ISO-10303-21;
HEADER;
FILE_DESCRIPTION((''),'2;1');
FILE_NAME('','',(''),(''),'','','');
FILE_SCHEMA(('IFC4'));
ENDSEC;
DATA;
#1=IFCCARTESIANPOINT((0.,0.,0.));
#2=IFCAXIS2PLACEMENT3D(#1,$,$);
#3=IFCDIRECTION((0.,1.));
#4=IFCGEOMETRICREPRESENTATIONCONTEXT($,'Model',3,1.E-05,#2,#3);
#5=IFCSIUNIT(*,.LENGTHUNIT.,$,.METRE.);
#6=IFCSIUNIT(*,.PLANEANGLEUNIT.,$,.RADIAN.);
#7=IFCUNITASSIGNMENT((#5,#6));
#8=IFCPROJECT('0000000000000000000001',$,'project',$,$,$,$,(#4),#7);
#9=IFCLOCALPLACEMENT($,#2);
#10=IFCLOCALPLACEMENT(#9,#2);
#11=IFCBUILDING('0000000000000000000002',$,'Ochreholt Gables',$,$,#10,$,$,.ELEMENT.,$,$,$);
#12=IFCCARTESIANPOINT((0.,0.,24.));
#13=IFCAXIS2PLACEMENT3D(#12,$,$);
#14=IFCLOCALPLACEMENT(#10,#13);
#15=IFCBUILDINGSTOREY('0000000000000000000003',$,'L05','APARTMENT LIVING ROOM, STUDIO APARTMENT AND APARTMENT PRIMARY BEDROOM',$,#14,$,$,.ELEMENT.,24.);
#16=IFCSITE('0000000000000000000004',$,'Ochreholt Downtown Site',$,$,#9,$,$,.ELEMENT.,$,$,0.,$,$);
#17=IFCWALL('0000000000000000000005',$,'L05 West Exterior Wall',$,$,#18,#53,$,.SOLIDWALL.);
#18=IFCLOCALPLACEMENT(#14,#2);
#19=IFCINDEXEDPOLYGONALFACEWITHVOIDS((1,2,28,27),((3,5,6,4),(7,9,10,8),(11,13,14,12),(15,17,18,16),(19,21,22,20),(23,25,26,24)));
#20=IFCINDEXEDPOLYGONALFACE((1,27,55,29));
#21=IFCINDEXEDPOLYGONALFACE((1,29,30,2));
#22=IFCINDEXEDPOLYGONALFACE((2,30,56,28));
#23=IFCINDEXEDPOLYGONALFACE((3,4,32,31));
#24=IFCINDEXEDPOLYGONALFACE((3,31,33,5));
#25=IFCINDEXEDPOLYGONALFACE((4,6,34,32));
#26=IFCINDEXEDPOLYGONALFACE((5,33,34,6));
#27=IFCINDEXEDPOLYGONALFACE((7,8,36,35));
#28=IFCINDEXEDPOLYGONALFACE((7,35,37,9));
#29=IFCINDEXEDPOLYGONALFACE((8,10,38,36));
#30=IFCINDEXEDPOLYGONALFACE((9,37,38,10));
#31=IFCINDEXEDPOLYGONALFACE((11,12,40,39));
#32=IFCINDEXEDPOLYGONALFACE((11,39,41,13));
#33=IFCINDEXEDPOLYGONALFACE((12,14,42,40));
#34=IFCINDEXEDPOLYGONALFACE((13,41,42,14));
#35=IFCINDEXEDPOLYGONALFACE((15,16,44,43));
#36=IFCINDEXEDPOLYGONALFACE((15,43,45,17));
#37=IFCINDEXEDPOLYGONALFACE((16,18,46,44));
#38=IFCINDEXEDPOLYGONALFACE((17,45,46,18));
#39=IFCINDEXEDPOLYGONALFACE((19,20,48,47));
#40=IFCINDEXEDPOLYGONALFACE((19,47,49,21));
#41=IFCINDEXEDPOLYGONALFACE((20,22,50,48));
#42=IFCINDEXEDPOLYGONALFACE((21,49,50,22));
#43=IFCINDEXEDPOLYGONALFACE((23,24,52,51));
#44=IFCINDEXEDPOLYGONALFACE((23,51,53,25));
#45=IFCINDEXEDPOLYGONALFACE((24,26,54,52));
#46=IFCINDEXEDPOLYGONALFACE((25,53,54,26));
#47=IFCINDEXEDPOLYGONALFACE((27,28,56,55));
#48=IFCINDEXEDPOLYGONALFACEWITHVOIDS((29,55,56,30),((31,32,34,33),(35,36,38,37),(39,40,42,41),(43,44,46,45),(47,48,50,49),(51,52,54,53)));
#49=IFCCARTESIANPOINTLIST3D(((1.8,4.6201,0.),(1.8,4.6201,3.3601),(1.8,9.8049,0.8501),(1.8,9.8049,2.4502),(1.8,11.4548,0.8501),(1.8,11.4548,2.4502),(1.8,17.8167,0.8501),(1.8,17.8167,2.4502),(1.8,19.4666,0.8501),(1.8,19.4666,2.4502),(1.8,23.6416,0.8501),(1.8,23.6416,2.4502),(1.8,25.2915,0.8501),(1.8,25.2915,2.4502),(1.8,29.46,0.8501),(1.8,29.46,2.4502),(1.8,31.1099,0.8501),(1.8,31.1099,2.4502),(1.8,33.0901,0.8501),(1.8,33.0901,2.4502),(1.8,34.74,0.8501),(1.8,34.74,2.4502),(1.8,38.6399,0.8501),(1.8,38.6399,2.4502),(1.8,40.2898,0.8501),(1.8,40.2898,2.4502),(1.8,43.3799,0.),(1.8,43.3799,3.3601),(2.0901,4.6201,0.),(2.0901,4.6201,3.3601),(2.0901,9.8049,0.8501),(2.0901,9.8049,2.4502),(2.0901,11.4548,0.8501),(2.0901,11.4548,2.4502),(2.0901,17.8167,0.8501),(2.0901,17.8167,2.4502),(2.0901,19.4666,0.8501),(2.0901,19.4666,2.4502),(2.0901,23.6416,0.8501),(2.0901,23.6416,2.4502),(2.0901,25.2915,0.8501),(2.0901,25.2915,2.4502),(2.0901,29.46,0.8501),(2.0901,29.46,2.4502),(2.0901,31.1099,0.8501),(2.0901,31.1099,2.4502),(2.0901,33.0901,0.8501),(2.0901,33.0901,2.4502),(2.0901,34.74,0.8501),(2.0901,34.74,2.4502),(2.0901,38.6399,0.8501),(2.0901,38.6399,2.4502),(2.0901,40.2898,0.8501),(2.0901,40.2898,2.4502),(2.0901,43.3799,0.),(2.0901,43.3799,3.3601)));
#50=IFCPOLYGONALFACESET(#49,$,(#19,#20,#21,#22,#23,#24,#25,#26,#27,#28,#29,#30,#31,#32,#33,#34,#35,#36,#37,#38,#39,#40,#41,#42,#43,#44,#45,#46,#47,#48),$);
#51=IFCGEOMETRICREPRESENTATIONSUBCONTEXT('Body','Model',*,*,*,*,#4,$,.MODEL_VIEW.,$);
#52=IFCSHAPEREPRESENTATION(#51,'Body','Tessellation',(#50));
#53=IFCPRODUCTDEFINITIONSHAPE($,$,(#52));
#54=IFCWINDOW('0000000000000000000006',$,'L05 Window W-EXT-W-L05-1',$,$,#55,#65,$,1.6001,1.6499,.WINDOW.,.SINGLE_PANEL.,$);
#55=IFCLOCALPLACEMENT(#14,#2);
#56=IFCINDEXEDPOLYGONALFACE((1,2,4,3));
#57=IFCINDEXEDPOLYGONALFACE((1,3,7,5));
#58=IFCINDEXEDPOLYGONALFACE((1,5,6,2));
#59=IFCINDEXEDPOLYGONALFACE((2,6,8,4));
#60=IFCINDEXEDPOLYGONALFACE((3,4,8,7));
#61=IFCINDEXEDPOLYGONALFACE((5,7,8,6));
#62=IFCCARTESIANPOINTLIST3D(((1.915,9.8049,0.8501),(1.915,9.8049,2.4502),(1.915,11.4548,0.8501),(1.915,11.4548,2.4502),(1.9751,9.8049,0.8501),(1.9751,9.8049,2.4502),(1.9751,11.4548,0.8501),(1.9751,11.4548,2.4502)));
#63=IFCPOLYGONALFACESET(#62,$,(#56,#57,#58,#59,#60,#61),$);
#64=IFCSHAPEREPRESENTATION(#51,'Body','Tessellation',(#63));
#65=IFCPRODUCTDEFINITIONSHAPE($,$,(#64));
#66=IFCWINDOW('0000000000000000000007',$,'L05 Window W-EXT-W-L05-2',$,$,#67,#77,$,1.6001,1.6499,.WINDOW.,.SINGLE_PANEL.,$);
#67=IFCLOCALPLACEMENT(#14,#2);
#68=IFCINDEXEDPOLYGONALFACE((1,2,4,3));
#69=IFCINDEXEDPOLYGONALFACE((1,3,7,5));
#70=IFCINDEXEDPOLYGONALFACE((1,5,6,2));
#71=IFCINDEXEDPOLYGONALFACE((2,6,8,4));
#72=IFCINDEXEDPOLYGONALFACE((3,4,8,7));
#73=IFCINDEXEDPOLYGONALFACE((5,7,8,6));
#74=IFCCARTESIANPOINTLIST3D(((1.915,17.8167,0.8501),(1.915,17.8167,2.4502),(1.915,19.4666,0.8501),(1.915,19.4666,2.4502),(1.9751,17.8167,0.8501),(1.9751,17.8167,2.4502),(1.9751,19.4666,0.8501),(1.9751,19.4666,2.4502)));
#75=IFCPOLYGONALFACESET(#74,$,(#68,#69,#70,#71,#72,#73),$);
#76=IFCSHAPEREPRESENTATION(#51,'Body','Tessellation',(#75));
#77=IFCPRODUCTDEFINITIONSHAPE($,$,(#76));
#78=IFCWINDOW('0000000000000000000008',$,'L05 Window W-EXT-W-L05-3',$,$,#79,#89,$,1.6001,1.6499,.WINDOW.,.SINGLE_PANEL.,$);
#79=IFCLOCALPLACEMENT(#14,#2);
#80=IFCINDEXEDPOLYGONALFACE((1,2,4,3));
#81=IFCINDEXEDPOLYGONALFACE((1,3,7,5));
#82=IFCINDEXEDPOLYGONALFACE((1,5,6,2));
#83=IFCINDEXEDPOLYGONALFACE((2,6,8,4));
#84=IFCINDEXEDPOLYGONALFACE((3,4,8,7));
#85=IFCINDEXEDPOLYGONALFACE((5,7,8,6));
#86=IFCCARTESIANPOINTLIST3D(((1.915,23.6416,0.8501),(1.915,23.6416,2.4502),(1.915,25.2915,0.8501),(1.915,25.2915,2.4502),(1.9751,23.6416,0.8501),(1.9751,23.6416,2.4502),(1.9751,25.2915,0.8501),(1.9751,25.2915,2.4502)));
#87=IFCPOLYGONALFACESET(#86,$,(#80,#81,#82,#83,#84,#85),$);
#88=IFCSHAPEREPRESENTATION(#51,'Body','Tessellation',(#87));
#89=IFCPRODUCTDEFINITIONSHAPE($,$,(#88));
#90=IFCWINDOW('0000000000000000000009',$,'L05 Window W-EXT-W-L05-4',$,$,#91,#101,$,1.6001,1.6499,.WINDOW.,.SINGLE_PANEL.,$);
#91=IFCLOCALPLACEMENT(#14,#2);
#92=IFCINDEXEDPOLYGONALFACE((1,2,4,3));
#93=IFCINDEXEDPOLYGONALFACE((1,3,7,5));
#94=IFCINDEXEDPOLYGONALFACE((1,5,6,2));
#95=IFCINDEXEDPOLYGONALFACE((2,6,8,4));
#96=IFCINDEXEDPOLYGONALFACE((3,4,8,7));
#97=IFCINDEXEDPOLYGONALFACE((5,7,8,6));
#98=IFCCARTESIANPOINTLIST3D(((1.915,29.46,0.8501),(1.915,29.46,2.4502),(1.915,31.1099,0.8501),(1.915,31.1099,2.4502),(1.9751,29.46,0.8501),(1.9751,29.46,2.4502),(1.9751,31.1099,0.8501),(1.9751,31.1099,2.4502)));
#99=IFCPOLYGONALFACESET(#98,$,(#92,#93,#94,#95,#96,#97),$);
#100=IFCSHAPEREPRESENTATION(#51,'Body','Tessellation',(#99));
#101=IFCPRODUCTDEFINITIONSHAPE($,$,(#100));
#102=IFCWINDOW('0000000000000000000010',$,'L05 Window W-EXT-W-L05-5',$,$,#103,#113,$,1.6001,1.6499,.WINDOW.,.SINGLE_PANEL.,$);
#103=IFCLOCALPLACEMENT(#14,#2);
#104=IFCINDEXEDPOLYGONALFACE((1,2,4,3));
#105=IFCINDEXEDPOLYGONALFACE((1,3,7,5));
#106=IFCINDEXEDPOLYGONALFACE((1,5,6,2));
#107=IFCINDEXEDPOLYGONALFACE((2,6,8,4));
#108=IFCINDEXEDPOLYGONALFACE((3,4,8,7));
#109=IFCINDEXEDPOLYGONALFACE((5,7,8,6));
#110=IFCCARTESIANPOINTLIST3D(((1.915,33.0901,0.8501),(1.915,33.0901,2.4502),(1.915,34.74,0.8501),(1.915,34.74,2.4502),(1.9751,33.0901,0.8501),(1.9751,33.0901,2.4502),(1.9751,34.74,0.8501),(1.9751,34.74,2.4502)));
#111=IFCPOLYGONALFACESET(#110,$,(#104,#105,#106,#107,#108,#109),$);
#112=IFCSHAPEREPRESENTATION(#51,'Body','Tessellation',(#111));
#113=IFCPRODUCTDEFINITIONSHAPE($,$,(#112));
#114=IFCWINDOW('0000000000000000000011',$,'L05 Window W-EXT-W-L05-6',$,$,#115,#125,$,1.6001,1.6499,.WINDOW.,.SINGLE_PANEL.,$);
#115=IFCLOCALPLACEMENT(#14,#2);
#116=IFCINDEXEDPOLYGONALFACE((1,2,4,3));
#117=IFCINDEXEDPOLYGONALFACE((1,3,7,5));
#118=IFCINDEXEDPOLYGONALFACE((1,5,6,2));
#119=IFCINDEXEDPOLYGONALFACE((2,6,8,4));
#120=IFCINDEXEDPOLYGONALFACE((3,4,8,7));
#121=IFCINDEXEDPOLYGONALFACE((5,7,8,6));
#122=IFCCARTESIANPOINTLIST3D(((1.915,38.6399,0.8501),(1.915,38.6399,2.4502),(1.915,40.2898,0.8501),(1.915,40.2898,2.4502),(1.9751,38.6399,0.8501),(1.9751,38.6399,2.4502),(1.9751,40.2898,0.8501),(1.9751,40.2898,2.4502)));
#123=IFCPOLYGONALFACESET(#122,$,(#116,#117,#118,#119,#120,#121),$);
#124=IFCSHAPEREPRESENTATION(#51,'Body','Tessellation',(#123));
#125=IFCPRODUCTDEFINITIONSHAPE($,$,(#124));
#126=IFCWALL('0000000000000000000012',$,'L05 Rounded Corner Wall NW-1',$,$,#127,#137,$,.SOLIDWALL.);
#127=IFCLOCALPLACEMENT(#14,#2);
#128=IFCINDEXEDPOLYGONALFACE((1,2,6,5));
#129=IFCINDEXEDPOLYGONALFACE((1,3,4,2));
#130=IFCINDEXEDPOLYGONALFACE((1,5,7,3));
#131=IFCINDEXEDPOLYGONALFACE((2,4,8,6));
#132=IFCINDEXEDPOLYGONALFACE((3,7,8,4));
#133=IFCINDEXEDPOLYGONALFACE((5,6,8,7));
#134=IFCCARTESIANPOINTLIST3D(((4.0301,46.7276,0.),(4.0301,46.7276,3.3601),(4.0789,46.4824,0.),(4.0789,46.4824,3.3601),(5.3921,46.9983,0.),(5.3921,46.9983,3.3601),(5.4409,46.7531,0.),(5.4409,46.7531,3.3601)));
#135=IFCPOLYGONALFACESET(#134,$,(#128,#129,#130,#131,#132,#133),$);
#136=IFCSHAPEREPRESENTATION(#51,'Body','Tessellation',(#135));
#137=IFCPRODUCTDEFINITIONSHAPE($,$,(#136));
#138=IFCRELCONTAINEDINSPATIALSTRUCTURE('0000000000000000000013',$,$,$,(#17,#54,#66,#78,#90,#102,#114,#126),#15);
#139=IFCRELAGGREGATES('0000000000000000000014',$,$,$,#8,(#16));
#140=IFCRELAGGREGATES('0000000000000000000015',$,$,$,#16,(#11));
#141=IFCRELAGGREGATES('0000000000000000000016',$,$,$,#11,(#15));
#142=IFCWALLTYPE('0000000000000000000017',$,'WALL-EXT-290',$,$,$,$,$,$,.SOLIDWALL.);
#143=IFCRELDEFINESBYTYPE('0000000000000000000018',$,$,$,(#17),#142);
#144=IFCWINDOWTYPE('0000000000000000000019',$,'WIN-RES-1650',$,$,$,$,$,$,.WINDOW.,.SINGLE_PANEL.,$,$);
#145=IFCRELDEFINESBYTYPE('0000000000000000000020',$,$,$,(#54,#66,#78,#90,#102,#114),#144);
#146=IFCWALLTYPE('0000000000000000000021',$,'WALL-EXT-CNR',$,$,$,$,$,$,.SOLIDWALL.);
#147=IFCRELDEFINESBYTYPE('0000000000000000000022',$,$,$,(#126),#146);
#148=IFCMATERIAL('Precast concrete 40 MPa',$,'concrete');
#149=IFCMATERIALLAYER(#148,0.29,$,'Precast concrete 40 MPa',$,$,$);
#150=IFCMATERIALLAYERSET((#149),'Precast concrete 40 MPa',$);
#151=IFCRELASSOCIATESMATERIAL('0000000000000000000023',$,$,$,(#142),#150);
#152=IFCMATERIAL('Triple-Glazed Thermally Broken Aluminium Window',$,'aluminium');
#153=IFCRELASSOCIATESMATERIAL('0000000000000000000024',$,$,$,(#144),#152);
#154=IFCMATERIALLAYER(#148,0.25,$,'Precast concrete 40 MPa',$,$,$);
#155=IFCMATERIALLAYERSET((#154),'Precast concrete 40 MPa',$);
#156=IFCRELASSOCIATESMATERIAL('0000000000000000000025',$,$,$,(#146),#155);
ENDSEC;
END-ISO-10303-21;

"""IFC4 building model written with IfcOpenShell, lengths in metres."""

from ifc_helpers import new_model, si_unit, direction, frame, frame_2d, origin, place, context, subcontext, project, spatial, rectangle, extrude, material, layer, layer_set, type_object, element, fill, save


model = new_model("IFC4")

# Units and contexts
model_context = context("Model", 3, precision=1e-05, world=origin(), true_north=direction((0.0, 1.0)))
body_context = subcontext(model_context, "Body", "Model", "MODEL_VIEW")
ifc_project = project(units=[si_unit("LENGTHUNIT", "METRE"), si_unit("PLANEANGLEUNIT", "RADIAN")], contexts=[model_context])

# Site, building, storey
site_placement = place(None, origin())
site = spatial("IfcSite", under=ifc_project, at=site_placement, Name="Ochreholt Downtown Site", CompositionType="ELEMENT", RefElevation=0.0)
building_placement = place(site_placement, origin())
building = spatial("IfcBuilding", under=site, at=building_placement, Name="Ochreholt Gables", CompositionType="ELEMENT")
storey_placement = place(building_placement, frame((0.0, 0.0, 24.0)))
storey = spatial("IfcBuildingStorey", under=building, at=storey_placement, Name="L05", Description="APARTMENT LIVING ROOM, STUDIO APARTMENT AND APARTMENT PRIMARY BEDROOM", CompositionType="ELEMENT", Elevation=24.0)

# Wall, openings, windows
ifc_material_1 = material(Name="Precast concrete 40 MPa", Category="concrete")
ifc_layer_1 = layer(ifc_material_1, 0.29, Name="Precast concrete 40 MPa")
ifc_layer_set_1 = layer_set([ifc_layer_1], Name="Precast concrete 40 MPa")
wall_type_1 = type_object("IfcWallType", Name="WALL-EXT-290", PredefinedType="SOLIDWALL", material=ifc_layer_set_1)
wall_1_placement = place(storey_placement, frame((1.9451, 43.3799, 0.0), z_axis=(0.0, 0.0, 1.0), x_axis=(0.0, -1.0, 0.0)))
wall_1 = element("IfcWall", 1, at=wall_1_placement, inside=storey, type_object=wall_type_1, Name="L05 West Exterior Wall", PredefinedType="SOLIDWALL", context=body_context, shape_type="SweptSolid", body=[
    extrude(rectangle(XDim=38.7598, YDim=0.29, at=frame_2d((19.3799, 0.0))), origin(), (0.0, 0.0, 1.0), 3.3601),
])
opening_1_placement = place(wall_1_placement, frame((31.925, 0.0, 0.8501)))
opening_1 = element("IfcOpeningElement", 2, at=opening_1_placement, cuts=wall_1, PredefinedType="OPENING", context=body_context, shape_type="SweptSolid", body=[
    extrude(rectangle(XDim=1.6499, YDim=1.6001, at=frame_2d((0.825, 0.8))), frame((0.0, 0.155, 0.0), z_axis=(0.0, -1.0, 0.0), x_axis=(1.0, 0.0, 0.0)), (0.0, 0.0, 1.0), 0.3101),
])
opening_2_placement = place(wall_1_placement, frame((23.9133, 0.0, 0.8501)))
opening_2 = element("IfcOpeningElement", 3, at=opening_2_placement, cuts=wall_1, PredefinedType="OPENING", context=body_context, shape_type="SweptSolid", body=[
    extrude(rectangle(XDim=1.6499, YDim=1.6001, at=frame_2d((0.825, 0.8))), frame((0.0, 0.155, 0.0), z_axis=(0.0, -1.0, 0.0), x_axis=(1.0, 0.0, 0.0)), (0.0, 0.0, 1.0), 0.3101),
])
opening_3_placement = place(wall_1_placement, frame((18.0884, 0.0, 0.8501)))
opening_3 = element("IfcOpeningElement", 4, at=opening_3_placement, cuts=wall_1, PredefinedType="OPENING", context=body_context, shape_type="SweptSolid", body=[
    extrude(rectangle(XDim=1.6499, YDim=1.6001, at=frame_2d((0.825, 0.8))), frame((0.0, 0.155, 0.0), z_axis=(0.0, -1.0, 0.0), x_axis=(1.0, 0.0, 0.0)), (0.0, 0.0, 1.0), 0.3101),
])
opening_4_placement = place(wall_1_placement, frame((12.27, 0.0, 0.8501)))
opening_4 = element("IfcOpeningElement", 5, at=opening_4_placement, cuts=wall_1, PredefinedType="OPENING", context=body_context, shape_type="SweptSolid", body=[
    extrude(rectangle(XDim=1.6499, YDim=1.6001, at=frame_2d((0.825, 0.8))), frame((0.0, 0.155, 0.0), z_axis=(0.0, -1.0, 0.0), x_axis=(1.0, 0.0, 0.0)), (0.0, 0.0, 1.0), 0.3101),
])
opening_5_placement = place(wall_1_placement, frame((8.6399, 0.0, 0.8501)))
opening_5 = element("IfcOpeningElement", 6, at=opening_5_placement, cuts=wall_1, PredefinedType="OPENING", context=body_context, shape_type="SweptSolid", body=[
    extrude(rectangle(XDim=1.6499, YDim=1.6001, at=frame_2d((0.825, 0.8))), frame((0.0, 0.155, 0.0), z_axis=(0.0, -1.0, 0.0), x_axis=(1.0, 0.0, 0.0)), (0.0, 0.0, 1.0), 0.3101),
])
opening_6_placement = place(wall_1_placement, frame((3.0901, 0.0, 0.8501)))
opening_6 = element("IfcOpeningElement", 7, at=opening_6_placement, cuts=wall_1, PredefinedType="OPENING", context=body_context, shape_type="SweptSolid", body=[
    extrude(rectangle(XDim=1.6499, YDim=1.6001, at=frame_2d((0.825, 0.8))), frame((0.0, 0.155, 0.0), z_axis=(0.0, -1.0, 0.0), x_axis=(1.0, 0.0, 0.0)), (0.0, 0.0, 1.0), 0.3101),
])
ifc_material_2 = material(Name="Triple-Glazed Thermally Broken Aluminium Window", Category="aluminium")
window_type_1 = type_object("IfcWindowType", Name="WIN-RES-1650", PartitioningType="SINGLE_PANEL", PredefinedType="WINDOW", material=ifc_material_2)
window_1_placement = place(opening_1_placement, origin())
window_1 = element("IfcWindow", 8, at=window_1_placement, inside=storey, type_object=window_type_1, Name="L05 Window W-EXT-W-L05-1", OverallHeight=1.6001, OverallWidth=1.6499, PartitioningType="SINGLE_PANEL", PredefinedType="WINDOW", context=body_context, shape_type="SweptSolid", body=[
    extrude(rectangle(XDim=1.6499, YDim=1.6001, at=frame_2d((0.825, 0.8))), frame((0.0, 0.03, 0.0), z_axis=(0.0, -1.0, 0.0), x_axis=(1.0, 0.0, 0.0)), (0.0, 0.0, 1.0), 0.0601),
])
fill(opening_1, window_1)
window_2_placement = place(opening_2_placement, origin())
window_2 = element("IfcWindow", 9, at=window_2_placement, inside=storey, type_object=window_type_1, Name="L05 Window W-EXT-W-L05-2", OverallHeight=1.6001, OverallWidth=1.6499, PartitioningType="SINGLE_PANEL", PredefinedType="WINDOW", context=body_context, shape_type="SweptSolid", body=[
    extrude(rectangle(XDim=1.6499, YDim=1.6001, at=frame_2d((0.825, 0.8))), frame((0.0, 0.03, 0.0), z_axis=(0.0, -1.0, 0.0), x_axis=(1.0, 0.0, 0.0)), (0.0, 0.0, 1.0), 0.0601),
])
fill(opening_2, window_2)
window_3_placement = place(opening_3_placement, origin())
window_3 = element("IfcWindow", 10, at=window_3_placement, inside=storey, type_object=window_type_1, Name="L05 Window W-EXT-W-L05-3", OverallHeight=1.6001, OverallWidth=1.6499, PartitioningType="SINGLE_PANEL", PredefinedType="WINDOW", context=body_context, shape_type="SweptSolid", body=[
    extrude(rectangle(XDim=1.6499, YDim=1.6001, at=frame_2d((0.825, 0.8))), frame((0.0, 0.03, 0.0), z_axis=(0.0, -1.0, 0.0), x_axis=(1.0, 0.0, 0.0)), (0.0, 0.0, 1.0), 0.0601),
])
fill(opening_3, window_3)
window_4_placement = place(opening_4_placement, origin())
window_4 = element("IfcWindow", 11, at=window_4_placement, inside=storey, type_object=window_type_1, Name="L05 Window W-EXT-W-L05-4", OverallHeight=1.6001, OverallWidth=1.6499, PartitioningType="SINGLE_PANEL", PredefinedType="WINDOW", context=body_context, shape_type="SweptSolid", body=[
    extrude(rectangle(XDim=1.6499, YDim=1.6001, at=frame_2d((0.825, 0.8))), frame((0.0, 0.03, 0.0), z_axis=(0.0, -1.0, 0.0), x_axis=(1.0, 0.0, 0.0)), (0.0, 0.0, 1.0), 0.0601),
])
fill(opening_4, window_4)
window_5_placement = place(opening_5_placement, origin())
window_5 = element("IfcWindow", 12, at=window_5_placement, inside=storey, type_object=window_type_1, Name="L05 Window W-EXT-W-L05-5", OverallHeight=1.6001, OverallWidth=1.6499, PartitioningType="SINGLE_PANEL", PredefinedType="WINDOW", context=body_context, shape_type="SweptSolid", body=[
    extrude(rectangle(XDim=1.6499, YDim=1.6001, at=frame_2d((0.825, 0.8))), frame((0.0, 0.03, 0.0), z_axis=(0.0, -1.0, 0.0), x_axis=(1.0, 0.0, 0.0)), (0.0, 0.0, 1.0), 0.0601),
])
fill(opening_5, window_5)
window_6_placement = place(opening_6_placement, origin())
window_6 = element("IfcWindow", 13, at=window_6_placement, inside=storey, type_object=window_type_1, Name="L05 Window W-EXT-W-L05-6", OverallHeight=1.6001, OverallWidth=1.6499, PartitioningType="SINGLE_PANEL", PredefinedType="WINDOW", context=body_context, shape_type="SweptSolid", body=[
    extrude(rectangle(XDim=1.6499, YDim=1.6001, at=frame_2d((0.825, 0.8))), frame((0.0, 0.03, 0.0), z_axis=(0.0, -1.0, 0.0), x_axis=(1.0, 0.0, 0.0)), (0.0, 0.0, 1.0), 0.0601),
])
fill(opening_6, window_6)

# Wall
ifc_layer_2 = layer(ifc_material_1, 0.25, Name="Precast concrete 40 MPa")
ifc_layer_set_2 = layer_set([ifc_layer_2], Name="Precast concrete 40 MPa")
wall_type_2 = type_object("IfcWallType", Name="WALL-EXT-CNR", PredefinedType="SOLIDWALL", material=ifc_layer_set_2)
wall_2_placement = place(storey_placement, frame((5.4165, 46.8757, 0.0), z_axis=(0.0, 0.0, 1.0), x_axis=(-0.98081, -0.194967, 0.0)))
element("IfcWall", 14, at=wall_2_placement, inside=storey, type_object=wall_type_2, Name="L05 Rounded Corner Wall NW-1", PredefinedType="SOLIDWALL", context=body_context, shape_type="SweptSolid", body=[
    extrude(rectangle(XDim=1.3887, YDim=0.25, at=frame_2d((0.6943, 0.0))), origin(), (0.0, 0.0, 1.0), 3.3601),
])

save(model, "model.ifc")
